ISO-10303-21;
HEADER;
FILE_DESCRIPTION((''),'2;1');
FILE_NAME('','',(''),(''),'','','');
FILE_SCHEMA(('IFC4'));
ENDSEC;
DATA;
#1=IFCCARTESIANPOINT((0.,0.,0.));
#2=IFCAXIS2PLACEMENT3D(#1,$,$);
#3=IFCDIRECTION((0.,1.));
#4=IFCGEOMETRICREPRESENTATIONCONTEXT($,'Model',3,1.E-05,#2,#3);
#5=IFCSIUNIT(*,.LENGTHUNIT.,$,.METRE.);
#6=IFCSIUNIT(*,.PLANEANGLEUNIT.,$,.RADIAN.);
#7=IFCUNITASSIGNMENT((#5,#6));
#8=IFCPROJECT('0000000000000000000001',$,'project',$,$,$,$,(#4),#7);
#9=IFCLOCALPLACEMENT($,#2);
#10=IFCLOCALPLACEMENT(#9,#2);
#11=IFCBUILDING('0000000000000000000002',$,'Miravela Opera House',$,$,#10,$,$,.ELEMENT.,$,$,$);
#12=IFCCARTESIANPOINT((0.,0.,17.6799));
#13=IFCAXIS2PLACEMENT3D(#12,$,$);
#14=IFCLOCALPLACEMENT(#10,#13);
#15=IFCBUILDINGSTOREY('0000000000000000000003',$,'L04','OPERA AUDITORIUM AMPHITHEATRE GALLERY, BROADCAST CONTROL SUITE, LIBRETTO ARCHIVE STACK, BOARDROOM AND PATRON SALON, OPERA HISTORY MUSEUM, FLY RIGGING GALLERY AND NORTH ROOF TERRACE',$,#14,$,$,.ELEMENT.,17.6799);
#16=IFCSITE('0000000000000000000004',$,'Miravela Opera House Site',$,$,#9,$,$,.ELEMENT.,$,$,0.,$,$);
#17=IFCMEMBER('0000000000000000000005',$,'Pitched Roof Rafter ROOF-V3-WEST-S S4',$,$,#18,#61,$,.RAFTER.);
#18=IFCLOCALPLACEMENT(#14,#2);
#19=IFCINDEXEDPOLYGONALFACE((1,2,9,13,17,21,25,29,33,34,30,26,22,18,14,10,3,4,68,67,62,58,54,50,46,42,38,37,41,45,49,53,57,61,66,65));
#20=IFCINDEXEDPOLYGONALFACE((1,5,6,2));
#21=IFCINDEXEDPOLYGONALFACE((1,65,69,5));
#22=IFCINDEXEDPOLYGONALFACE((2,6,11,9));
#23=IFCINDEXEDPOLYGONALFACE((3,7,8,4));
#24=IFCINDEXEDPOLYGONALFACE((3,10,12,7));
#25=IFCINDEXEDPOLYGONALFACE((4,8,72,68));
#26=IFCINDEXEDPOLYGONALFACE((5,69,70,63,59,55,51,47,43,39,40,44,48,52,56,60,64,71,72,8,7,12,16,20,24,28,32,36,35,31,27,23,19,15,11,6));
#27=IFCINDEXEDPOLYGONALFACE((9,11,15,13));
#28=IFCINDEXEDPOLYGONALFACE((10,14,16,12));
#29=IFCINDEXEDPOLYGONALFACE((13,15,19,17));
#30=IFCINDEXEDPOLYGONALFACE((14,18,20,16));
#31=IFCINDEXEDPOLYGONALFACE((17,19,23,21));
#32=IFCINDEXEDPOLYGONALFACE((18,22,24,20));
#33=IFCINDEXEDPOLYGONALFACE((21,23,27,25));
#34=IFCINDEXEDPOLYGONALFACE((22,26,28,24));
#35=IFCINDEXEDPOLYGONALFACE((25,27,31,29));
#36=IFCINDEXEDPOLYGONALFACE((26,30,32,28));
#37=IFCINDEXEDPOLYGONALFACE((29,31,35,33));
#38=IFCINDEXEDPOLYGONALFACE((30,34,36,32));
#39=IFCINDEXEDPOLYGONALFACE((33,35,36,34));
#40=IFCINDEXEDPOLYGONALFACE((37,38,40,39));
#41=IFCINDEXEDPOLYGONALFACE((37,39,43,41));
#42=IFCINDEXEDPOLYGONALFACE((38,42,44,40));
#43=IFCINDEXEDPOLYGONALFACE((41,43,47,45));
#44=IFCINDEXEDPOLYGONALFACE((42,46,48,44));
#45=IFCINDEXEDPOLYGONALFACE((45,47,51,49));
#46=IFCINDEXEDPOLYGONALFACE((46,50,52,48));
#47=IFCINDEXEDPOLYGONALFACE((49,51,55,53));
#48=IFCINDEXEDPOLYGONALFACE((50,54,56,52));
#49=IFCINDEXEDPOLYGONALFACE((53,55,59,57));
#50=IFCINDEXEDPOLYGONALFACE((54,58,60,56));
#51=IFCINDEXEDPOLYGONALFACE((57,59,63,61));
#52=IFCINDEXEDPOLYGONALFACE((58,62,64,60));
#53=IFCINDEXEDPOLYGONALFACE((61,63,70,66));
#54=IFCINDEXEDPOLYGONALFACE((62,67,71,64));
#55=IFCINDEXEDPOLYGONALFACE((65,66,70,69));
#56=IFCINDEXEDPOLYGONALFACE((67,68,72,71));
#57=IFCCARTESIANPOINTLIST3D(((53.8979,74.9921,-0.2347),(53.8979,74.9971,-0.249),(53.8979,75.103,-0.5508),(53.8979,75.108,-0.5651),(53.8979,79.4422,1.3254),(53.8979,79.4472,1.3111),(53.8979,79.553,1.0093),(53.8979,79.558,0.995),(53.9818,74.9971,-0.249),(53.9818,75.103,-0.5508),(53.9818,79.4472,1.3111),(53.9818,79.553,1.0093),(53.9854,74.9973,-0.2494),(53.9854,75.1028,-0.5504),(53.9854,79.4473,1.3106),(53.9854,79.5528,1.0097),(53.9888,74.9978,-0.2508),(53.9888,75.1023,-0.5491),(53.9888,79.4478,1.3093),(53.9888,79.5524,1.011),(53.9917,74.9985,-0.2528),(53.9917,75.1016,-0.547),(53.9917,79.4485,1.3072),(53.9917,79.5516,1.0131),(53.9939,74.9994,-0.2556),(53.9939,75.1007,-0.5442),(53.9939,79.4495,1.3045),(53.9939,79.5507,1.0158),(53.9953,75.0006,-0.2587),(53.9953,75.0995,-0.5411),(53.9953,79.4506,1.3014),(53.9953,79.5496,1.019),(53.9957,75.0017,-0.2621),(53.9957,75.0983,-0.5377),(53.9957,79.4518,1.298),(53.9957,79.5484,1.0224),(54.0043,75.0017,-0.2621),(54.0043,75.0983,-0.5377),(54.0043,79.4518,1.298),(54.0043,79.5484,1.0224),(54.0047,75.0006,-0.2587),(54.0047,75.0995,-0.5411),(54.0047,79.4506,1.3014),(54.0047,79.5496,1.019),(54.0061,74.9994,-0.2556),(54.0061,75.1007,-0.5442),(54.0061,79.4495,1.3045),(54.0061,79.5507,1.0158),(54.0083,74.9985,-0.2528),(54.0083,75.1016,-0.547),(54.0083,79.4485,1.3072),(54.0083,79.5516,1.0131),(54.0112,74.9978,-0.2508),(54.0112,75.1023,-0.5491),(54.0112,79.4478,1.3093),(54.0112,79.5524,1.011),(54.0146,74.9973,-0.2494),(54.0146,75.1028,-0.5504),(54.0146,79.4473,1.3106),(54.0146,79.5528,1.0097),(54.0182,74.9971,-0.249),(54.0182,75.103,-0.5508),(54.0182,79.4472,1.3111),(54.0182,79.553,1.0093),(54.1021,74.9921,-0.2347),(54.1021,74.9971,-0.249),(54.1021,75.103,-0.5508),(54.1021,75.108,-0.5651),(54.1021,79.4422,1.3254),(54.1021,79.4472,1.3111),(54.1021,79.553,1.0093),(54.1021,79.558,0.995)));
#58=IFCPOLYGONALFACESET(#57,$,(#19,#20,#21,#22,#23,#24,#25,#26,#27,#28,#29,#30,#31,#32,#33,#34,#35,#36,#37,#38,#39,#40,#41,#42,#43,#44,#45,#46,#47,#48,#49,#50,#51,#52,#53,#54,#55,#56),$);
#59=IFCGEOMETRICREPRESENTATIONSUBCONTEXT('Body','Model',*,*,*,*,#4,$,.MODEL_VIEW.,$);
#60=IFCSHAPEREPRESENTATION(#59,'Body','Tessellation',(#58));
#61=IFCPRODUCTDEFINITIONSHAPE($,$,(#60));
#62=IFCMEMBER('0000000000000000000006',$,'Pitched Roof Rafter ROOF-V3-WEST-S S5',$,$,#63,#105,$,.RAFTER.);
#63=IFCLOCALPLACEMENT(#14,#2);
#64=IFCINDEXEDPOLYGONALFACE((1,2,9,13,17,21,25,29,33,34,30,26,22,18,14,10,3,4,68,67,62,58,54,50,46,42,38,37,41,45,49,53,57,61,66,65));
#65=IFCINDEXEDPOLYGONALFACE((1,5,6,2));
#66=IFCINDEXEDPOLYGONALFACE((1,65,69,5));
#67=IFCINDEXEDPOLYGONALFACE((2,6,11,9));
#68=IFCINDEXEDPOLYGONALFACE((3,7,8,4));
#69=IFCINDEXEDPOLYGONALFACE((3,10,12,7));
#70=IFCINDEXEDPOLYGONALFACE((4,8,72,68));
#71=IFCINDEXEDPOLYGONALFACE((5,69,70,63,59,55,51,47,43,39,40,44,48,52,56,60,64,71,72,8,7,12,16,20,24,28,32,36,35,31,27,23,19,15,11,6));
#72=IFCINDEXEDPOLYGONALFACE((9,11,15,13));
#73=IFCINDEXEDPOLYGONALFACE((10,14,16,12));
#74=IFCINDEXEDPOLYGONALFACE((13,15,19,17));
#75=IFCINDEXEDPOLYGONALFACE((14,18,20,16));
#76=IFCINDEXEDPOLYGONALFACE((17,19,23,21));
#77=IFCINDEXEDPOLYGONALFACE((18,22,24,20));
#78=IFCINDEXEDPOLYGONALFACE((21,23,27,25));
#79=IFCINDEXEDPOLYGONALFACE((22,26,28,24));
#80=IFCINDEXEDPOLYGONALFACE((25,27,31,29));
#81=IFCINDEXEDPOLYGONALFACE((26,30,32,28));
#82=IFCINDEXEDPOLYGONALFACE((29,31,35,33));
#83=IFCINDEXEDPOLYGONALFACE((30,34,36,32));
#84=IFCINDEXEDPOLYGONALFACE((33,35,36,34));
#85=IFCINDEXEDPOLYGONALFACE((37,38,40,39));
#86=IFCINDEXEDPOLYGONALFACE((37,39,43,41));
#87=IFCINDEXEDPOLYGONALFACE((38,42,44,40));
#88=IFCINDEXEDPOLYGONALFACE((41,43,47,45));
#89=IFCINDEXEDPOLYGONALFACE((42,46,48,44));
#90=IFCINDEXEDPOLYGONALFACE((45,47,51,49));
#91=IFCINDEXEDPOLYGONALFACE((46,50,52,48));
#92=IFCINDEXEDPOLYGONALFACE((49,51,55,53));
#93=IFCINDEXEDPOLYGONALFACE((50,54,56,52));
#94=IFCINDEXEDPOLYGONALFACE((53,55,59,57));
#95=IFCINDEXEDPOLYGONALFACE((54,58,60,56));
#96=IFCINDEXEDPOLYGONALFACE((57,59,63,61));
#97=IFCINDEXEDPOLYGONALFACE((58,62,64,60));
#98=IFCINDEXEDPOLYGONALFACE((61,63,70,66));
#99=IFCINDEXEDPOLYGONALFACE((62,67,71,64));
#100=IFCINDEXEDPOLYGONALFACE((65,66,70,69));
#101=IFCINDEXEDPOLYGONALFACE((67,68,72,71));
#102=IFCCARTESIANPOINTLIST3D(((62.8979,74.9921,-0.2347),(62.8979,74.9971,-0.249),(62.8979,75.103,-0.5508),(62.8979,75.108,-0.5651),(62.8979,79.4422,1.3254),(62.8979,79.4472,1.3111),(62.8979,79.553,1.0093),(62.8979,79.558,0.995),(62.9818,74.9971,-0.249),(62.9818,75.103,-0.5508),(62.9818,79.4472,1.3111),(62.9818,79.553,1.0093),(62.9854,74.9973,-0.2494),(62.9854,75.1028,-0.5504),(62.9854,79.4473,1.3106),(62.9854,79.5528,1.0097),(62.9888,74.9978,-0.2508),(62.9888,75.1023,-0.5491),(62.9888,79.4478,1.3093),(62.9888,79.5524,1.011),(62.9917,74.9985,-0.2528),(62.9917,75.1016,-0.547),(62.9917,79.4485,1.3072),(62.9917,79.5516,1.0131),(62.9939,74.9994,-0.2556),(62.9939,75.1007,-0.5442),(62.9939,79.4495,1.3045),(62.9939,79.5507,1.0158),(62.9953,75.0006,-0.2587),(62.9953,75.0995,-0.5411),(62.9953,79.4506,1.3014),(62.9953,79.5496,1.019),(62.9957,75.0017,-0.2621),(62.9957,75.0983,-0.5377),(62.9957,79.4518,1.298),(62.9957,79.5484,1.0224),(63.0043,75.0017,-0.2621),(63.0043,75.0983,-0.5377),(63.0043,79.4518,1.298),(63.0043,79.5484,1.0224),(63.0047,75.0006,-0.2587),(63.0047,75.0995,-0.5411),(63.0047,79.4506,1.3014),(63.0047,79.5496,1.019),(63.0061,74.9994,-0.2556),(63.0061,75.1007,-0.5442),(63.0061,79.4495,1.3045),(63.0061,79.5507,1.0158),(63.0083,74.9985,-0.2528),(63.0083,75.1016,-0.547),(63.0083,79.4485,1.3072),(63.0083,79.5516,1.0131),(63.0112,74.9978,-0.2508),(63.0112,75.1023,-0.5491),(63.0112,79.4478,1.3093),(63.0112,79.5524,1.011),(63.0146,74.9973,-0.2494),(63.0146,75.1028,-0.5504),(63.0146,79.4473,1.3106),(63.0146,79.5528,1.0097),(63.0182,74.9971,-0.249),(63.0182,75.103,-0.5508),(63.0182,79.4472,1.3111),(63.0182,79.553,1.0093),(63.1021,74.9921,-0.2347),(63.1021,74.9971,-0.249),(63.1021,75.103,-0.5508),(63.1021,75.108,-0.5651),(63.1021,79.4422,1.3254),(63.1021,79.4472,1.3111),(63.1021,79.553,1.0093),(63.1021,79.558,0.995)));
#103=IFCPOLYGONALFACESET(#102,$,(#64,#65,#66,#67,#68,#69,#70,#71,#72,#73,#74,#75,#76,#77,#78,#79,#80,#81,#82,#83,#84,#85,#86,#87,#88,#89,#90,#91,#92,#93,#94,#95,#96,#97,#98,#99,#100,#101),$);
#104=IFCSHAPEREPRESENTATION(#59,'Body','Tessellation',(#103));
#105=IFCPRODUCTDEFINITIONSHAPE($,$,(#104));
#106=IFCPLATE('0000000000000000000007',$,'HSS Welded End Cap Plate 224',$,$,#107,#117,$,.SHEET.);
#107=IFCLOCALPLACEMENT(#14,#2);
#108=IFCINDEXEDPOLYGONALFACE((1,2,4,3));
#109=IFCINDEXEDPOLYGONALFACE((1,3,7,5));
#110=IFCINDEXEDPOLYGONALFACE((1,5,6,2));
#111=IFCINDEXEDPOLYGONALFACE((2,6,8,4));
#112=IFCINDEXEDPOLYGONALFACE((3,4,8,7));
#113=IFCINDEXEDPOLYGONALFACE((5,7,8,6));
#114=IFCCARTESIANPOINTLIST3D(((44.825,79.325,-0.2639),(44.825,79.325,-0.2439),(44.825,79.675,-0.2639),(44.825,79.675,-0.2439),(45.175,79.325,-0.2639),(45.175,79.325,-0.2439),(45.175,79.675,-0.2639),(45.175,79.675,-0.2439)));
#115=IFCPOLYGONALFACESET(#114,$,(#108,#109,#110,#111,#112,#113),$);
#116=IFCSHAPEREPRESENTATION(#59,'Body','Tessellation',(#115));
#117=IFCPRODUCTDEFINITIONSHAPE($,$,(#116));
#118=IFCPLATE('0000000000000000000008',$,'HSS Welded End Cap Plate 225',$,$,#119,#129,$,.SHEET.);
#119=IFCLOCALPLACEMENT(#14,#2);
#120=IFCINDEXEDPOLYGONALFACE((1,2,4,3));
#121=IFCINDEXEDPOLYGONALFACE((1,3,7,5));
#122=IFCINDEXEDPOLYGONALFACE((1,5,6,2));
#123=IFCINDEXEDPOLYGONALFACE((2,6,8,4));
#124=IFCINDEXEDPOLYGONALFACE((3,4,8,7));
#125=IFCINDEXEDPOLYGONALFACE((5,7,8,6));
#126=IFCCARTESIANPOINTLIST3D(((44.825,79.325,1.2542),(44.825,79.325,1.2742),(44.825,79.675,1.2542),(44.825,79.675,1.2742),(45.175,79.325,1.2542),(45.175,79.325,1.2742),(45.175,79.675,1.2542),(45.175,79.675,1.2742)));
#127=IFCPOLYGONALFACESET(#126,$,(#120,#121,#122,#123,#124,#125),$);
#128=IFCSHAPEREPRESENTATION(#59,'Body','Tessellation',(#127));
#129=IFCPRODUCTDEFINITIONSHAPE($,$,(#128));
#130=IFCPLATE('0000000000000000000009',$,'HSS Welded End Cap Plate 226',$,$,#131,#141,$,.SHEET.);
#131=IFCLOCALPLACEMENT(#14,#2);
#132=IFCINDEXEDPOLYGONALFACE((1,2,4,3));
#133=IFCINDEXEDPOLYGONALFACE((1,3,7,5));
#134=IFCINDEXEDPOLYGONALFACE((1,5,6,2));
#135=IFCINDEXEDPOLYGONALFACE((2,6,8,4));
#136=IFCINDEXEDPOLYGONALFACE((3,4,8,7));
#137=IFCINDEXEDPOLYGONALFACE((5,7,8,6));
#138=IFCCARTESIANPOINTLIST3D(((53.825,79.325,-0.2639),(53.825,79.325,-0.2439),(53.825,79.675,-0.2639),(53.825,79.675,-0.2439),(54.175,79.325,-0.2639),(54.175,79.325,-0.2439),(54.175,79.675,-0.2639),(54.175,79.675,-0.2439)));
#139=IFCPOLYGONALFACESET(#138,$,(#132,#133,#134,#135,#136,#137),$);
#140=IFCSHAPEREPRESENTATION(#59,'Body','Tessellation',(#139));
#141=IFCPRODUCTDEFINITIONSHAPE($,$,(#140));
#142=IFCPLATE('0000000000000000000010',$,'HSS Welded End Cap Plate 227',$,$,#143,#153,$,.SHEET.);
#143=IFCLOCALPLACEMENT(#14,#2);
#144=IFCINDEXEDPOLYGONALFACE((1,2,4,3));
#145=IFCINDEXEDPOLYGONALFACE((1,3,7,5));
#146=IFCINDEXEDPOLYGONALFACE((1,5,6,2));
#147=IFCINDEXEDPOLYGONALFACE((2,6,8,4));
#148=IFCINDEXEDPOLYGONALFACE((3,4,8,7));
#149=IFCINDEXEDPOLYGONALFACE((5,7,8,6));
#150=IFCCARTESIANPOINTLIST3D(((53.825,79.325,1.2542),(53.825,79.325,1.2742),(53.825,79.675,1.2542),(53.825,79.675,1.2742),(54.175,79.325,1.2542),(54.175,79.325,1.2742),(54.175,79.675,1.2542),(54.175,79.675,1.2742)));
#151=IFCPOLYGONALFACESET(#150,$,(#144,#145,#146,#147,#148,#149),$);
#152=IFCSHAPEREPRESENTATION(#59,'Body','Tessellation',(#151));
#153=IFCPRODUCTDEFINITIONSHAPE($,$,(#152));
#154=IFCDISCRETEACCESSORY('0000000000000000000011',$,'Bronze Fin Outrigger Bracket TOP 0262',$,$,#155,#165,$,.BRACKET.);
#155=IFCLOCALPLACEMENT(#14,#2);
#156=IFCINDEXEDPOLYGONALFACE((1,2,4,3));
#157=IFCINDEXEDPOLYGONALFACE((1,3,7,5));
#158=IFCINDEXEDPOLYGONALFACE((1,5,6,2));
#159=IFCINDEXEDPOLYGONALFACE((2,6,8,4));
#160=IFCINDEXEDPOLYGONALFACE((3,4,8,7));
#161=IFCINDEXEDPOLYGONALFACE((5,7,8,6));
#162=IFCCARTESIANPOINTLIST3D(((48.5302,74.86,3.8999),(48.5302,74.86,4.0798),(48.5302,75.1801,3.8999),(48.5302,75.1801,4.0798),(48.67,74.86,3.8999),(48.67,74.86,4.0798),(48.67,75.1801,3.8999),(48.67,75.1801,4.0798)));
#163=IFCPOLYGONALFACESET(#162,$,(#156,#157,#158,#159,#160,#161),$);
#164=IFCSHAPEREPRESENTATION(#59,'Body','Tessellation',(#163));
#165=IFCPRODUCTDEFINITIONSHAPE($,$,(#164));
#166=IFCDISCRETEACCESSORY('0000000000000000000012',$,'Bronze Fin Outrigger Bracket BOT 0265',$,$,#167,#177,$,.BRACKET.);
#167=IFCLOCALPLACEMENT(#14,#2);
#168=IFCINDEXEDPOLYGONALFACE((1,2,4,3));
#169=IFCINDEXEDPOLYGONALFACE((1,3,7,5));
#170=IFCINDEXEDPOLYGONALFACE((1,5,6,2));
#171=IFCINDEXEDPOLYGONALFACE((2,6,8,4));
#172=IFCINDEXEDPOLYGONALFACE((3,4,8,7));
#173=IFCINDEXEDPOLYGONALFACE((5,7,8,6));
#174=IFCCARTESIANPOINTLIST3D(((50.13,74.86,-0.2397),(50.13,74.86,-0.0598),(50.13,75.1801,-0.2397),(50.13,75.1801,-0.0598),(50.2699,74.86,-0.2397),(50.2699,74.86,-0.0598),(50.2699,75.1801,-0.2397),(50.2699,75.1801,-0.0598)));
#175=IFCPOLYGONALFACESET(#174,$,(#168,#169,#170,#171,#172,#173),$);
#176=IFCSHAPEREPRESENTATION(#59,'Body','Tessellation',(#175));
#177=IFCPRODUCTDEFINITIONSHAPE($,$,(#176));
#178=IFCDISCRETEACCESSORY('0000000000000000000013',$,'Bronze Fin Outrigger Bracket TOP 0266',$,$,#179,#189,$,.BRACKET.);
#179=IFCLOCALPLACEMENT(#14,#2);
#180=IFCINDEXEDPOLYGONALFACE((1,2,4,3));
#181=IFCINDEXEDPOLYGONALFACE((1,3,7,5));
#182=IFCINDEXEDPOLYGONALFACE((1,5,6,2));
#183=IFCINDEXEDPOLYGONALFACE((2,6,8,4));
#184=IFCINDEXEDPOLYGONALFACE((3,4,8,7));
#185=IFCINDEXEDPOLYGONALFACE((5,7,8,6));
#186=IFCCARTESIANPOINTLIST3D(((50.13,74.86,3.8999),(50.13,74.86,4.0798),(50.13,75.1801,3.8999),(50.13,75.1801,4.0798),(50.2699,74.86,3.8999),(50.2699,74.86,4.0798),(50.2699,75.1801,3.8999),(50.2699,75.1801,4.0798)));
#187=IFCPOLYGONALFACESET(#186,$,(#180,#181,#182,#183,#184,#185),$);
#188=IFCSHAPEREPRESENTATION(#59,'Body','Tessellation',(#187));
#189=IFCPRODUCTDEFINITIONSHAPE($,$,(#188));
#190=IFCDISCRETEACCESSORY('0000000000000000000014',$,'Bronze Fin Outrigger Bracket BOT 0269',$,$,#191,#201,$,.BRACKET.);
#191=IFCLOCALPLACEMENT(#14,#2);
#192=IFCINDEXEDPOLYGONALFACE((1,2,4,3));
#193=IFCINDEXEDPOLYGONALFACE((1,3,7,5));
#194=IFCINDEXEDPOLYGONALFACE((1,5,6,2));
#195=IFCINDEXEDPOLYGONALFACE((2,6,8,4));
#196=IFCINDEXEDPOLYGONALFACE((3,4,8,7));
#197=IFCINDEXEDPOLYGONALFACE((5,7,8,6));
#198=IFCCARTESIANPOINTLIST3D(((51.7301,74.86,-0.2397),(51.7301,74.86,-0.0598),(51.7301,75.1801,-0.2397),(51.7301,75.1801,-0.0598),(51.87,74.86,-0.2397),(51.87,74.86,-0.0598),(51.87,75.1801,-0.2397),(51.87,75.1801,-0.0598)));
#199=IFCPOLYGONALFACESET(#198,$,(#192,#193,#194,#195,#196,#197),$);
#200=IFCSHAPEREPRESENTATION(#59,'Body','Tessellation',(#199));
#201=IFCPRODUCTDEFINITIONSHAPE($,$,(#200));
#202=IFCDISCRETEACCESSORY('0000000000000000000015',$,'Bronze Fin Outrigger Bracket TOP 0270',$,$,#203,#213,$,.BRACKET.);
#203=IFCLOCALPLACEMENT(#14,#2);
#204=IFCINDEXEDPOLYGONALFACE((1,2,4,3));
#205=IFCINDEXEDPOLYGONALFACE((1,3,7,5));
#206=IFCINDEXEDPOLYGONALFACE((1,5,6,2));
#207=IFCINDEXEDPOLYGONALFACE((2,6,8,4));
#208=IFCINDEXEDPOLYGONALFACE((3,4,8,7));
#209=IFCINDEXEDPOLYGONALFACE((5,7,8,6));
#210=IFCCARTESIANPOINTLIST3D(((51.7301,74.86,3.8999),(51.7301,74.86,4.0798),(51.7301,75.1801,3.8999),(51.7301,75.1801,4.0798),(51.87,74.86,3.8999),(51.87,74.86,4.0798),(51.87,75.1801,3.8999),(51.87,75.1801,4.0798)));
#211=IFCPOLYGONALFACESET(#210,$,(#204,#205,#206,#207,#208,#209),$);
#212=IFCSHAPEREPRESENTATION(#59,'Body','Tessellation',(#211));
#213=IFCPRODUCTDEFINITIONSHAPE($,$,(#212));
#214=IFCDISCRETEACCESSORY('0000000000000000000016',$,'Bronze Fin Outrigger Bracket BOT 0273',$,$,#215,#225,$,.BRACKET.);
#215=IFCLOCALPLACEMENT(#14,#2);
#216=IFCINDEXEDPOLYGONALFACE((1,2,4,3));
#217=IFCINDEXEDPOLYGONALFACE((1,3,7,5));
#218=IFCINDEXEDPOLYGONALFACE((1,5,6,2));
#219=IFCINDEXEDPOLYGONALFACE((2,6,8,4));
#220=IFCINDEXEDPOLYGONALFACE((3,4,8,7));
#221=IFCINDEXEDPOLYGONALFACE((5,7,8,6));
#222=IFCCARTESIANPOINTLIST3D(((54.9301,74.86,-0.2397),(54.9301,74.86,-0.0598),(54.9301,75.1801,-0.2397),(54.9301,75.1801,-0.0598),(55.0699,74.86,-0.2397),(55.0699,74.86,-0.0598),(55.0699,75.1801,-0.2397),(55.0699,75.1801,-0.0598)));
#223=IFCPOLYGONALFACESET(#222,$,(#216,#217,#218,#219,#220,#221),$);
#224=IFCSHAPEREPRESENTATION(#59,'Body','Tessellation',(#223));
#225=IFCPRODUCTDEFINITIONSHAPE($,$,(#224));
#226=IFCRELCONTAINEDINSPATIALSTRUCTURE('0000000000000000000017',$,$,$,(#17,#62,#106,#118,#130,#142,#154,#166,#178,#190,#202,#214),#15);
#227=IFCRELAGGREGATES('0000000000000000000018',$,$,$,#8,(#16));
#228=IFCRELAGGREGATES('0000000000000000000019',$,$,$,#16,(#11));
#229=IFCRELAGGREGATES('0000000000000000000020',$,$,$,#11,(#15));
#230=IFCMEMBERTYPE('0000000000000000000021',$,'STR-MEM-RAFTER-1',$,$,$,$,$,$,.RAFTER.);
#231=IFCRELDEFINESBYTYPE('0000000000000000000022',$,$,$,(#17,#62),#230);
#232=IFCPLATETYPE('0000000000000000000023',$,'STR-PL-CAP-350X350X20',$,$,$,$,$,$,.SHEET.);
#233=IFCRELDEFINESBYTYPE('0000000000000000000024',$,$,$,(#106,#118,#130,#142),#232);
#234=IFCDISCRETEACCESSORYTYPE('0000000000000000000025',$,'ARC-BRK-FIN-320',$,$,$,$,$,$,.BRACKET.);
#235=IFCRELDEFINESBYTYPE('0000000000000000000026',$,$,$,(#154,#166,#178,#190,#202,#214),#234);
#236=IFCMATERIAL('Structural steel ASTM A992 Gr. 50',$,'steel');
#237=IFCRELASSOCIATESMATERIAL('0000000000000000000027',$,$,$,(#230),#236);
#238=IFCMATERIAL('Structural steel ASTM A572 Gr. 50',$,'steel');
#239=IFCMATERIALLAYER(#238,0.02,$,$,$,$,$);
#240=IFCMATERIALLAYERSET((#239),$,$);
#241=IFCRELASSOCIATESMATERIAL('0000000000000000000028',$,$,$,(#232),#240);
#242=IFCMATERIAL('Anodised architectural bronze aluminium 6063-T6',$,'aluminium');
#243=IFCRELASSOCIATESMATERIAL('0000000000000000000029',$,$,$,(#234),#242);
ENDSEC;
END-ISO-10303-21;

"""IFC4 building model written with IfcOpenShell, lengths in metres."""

from ifc_helpers import new_model, si_unit, direction, frame, origin, origin_2d, place, context, subcontext, project, spatial, rectangle, i_section, extrude, material, layer, layer_set, material_profile, profile_set, type_object, element, save


model = new_model("IFC4")

# Units and contexts
model_context = context("Model", 3, precision=1e-05, world=origin(), true_north=direction((0.0, 1.0)))
body_context = subcontext(model_context, "Body", "Model", "MODEL_VIEW")
ifc_project = project(units=[si_unit("LENGTHUNIT", "METRE"), si_unit("PLANEANGLEUNIT", "RADIAN")], contexts=[model_context])

# Site, building, storey
site_placement = place(None, origin())
site = spatial("IfcSite", under=ifc_project, at=site_placement, Name="Miravela Opera House Site", CompositionType="ELEMENT", RefElevation=0.0)
building_placement = place(site_placement, origin())
building = spatial("IfcBuilding", under=site, at=building_placement, Name="Miravela Opera House", CompositionType="ELEMENT")
storey_placement = place(building_placement, frame((0.0, 0.0, 17.6799)))
storey = spatial("IfcBuildingStorey", under=building, at=storey_placement, Name="L04", Description="OPERA AUDITORIUM AMPHITHEATRE GALLERY, BROADCAST CONTROL SUITE, LIBRETTO ARCHIVE STACK, BOARDROOM AND PATRON SALON, OPERA HISTORY MUSEUM, FLY RIGGING GALLERY AND NORTH ROOF TERRACE", CompositionType="ELEMENT", Elevation=17.6799)

# Members
ifc_material_1 = material(Name="Anodised architectural bronze aluminium 6063-T6", Category="aluminium")
ifc_material_2 = material(Name="Structural steel ASTM A992 Gr. 50", Category="steel")
ifc_material_profile_1 = material_profile(ifc_material_2, i_section(OverallWidth=0.2041, OverallDepth=0.3501, WebThickness=0.0085, FlangeThickness=0.0151, FilletRadius=0.0139, at=origin_2d()), Name="W360X72")
ifc_profile_set_1 = profile_set([ifc_material_profile_1])
member_type_1 = type_object("IfcMemberType", Name="STR-MEM-RAFTER-1", PredefinedType="RAFTER", material=ifc_profile_set_1)
for number, where, z_axis, x_axis, name in (
    (1, (54.0, 75.05, -0.3999), (0.0, 0.943688, 0.330837), (-1.0, 0.0, 0.0), "Pitched Roof Rafter ROOF-V3-WEST-S S4"),
    (2, (63.0, 75.05, -0.3999), (0.0, 0.943688, 0.330837), (-1.0, 0.0, 0.0), "Pitched Roof Rafter ROOF-V3-WEST-S S5"),
):
    element("IfcMember", number, at=place(storey_placement, frame(where, z_axis=z_axis, x_axis=x_axis)), inside=storey, type_object=member_type_1, Name=name, PredefinedType="RAFTER", context=body_context, shape_type="SweptSolid", body=[
        extrude(i_section(OverallWidth=0.2041, OverallDepth=0.3501, WebThickness=0.0085, FlangeThickness=0.0151, FilletRadius=0.0139, at=origin_2d()), origin(), (0.0, 0.0, 1.0), 4.7156),
    ])

# Plates
ifc_material_3 = material(Name="Structural steel ASTM A572 Gr. 50", Category="steel")
ifc_layer = layer(ifc_material_3, 0.02)
ifc_layer_set = layer_set([ifc_layer])
plate_type = type_object("IfcPlateType", Name="STR-PL-CAP-350X350X20", PredefinedType="SHEET", material=ifc_layer_set)
for number, where, z_axis, x_axis, name in (
    (3, (45.0, 79.5, -0.2639), (0.0, 0.0, 1.0), (1.0, 0.0, 0.0), "HSS Welded End Cap Plate 224"),
    (4, (45.0, 79.5, 1.2542), (0.0, 0.0, 1.0), (1.0, 0.0, 0.0), "HSS Welded End Cap Plate 225"),
    (5, (54.0, 79.5, -0.2639), (0.0, 0.0, 1.0), (1.0, 0.0, 0.0), "HSS Welded End Cap Plate 226"),
    (6, (54.0, 79.5, 1.2542), (0.0, 0.0, 1.0), (1.0, 0.0, 0.0), "HSS Welded End Cap Plate 227"),
):
    element("IfcPlate", number, at=place(storey_placement, frame(where, z_axis=z_axis, x_axis=x_axis)), inside=storey, type_object=plate_type, Name=name, PredefinedType="SHEET", context=body_context, shape_type="SweptSolid", body=[
        extrude(rectangle(XDim=0.3501, YDim=0.3501, at=origin_2d()), origin(), (0.0, 0.0, 1.0), 0.02),
    ])

# Discrete accessories
discrete_accessory_type = type_object("IfcDiscreteAccessoryType", Name="ARC-BRK-FIN-320", PredefinedType="BRACKET", material=ifc_material_1)
for number, where, z_axis, x_axis, name in (
    (7, (48.6001, 75.02, 3.8999), (0.0, 0.0, 1.0), (0.0, 1.0, 0.0), "Bronze Fin Outrigger Bracket TOP 0262"),
    (8, (50.2, 75.02, -0.2397), (0.0, 0.0, 1.0), (0.0, 1.0, 0.0), "Bronze Fin Outrigger Bracket BOT 0265"),
    (9, (50.2, 75.02, 3.8999), (0.0, 0.0, 1.0), (0.0, 1.0, 0.0), "Bronze Fin Outrigger Bracket TOP 0266"),
    (10, (51.8, 75.02, -0.2397), (0.0, 0.0, 1.0), (0.0, 1.0, 0.0), "Bronze Fin Outrigger Bracket BOT 0269"),
    (11, (51.8, 75.02, 3.8999), (0.0, 0.0, 1.0), (0.0, 1.0, 0.0), "Bronze Fin Outrigger Bracket TOP 0270"),
    (12, (55.0, 75.02, -0.2397), (0.0, 0.0, 1.0), (0.0, 1.0, 0.0), "Bronze Fin Outrigger Bracket BOT 0273"),
):
    element("IfcDiscreteAccessory", number, at=place(storey_placement, frame(where, z_axis=z_axis, x_axis=x_axis)), inside=storey, type_object=discrete_accessory_type, Name=name, PredefinedType="BRACKET", context=body_context, shape_type="SweptSolid", body=[
        extrude(rectangle(XDim=0.3201, YDim=0.1399, at=origin_2d()), origin(), (0.0, 0.0, 1.0), 0.1799),
    ])

save(model, "model.ifc")
